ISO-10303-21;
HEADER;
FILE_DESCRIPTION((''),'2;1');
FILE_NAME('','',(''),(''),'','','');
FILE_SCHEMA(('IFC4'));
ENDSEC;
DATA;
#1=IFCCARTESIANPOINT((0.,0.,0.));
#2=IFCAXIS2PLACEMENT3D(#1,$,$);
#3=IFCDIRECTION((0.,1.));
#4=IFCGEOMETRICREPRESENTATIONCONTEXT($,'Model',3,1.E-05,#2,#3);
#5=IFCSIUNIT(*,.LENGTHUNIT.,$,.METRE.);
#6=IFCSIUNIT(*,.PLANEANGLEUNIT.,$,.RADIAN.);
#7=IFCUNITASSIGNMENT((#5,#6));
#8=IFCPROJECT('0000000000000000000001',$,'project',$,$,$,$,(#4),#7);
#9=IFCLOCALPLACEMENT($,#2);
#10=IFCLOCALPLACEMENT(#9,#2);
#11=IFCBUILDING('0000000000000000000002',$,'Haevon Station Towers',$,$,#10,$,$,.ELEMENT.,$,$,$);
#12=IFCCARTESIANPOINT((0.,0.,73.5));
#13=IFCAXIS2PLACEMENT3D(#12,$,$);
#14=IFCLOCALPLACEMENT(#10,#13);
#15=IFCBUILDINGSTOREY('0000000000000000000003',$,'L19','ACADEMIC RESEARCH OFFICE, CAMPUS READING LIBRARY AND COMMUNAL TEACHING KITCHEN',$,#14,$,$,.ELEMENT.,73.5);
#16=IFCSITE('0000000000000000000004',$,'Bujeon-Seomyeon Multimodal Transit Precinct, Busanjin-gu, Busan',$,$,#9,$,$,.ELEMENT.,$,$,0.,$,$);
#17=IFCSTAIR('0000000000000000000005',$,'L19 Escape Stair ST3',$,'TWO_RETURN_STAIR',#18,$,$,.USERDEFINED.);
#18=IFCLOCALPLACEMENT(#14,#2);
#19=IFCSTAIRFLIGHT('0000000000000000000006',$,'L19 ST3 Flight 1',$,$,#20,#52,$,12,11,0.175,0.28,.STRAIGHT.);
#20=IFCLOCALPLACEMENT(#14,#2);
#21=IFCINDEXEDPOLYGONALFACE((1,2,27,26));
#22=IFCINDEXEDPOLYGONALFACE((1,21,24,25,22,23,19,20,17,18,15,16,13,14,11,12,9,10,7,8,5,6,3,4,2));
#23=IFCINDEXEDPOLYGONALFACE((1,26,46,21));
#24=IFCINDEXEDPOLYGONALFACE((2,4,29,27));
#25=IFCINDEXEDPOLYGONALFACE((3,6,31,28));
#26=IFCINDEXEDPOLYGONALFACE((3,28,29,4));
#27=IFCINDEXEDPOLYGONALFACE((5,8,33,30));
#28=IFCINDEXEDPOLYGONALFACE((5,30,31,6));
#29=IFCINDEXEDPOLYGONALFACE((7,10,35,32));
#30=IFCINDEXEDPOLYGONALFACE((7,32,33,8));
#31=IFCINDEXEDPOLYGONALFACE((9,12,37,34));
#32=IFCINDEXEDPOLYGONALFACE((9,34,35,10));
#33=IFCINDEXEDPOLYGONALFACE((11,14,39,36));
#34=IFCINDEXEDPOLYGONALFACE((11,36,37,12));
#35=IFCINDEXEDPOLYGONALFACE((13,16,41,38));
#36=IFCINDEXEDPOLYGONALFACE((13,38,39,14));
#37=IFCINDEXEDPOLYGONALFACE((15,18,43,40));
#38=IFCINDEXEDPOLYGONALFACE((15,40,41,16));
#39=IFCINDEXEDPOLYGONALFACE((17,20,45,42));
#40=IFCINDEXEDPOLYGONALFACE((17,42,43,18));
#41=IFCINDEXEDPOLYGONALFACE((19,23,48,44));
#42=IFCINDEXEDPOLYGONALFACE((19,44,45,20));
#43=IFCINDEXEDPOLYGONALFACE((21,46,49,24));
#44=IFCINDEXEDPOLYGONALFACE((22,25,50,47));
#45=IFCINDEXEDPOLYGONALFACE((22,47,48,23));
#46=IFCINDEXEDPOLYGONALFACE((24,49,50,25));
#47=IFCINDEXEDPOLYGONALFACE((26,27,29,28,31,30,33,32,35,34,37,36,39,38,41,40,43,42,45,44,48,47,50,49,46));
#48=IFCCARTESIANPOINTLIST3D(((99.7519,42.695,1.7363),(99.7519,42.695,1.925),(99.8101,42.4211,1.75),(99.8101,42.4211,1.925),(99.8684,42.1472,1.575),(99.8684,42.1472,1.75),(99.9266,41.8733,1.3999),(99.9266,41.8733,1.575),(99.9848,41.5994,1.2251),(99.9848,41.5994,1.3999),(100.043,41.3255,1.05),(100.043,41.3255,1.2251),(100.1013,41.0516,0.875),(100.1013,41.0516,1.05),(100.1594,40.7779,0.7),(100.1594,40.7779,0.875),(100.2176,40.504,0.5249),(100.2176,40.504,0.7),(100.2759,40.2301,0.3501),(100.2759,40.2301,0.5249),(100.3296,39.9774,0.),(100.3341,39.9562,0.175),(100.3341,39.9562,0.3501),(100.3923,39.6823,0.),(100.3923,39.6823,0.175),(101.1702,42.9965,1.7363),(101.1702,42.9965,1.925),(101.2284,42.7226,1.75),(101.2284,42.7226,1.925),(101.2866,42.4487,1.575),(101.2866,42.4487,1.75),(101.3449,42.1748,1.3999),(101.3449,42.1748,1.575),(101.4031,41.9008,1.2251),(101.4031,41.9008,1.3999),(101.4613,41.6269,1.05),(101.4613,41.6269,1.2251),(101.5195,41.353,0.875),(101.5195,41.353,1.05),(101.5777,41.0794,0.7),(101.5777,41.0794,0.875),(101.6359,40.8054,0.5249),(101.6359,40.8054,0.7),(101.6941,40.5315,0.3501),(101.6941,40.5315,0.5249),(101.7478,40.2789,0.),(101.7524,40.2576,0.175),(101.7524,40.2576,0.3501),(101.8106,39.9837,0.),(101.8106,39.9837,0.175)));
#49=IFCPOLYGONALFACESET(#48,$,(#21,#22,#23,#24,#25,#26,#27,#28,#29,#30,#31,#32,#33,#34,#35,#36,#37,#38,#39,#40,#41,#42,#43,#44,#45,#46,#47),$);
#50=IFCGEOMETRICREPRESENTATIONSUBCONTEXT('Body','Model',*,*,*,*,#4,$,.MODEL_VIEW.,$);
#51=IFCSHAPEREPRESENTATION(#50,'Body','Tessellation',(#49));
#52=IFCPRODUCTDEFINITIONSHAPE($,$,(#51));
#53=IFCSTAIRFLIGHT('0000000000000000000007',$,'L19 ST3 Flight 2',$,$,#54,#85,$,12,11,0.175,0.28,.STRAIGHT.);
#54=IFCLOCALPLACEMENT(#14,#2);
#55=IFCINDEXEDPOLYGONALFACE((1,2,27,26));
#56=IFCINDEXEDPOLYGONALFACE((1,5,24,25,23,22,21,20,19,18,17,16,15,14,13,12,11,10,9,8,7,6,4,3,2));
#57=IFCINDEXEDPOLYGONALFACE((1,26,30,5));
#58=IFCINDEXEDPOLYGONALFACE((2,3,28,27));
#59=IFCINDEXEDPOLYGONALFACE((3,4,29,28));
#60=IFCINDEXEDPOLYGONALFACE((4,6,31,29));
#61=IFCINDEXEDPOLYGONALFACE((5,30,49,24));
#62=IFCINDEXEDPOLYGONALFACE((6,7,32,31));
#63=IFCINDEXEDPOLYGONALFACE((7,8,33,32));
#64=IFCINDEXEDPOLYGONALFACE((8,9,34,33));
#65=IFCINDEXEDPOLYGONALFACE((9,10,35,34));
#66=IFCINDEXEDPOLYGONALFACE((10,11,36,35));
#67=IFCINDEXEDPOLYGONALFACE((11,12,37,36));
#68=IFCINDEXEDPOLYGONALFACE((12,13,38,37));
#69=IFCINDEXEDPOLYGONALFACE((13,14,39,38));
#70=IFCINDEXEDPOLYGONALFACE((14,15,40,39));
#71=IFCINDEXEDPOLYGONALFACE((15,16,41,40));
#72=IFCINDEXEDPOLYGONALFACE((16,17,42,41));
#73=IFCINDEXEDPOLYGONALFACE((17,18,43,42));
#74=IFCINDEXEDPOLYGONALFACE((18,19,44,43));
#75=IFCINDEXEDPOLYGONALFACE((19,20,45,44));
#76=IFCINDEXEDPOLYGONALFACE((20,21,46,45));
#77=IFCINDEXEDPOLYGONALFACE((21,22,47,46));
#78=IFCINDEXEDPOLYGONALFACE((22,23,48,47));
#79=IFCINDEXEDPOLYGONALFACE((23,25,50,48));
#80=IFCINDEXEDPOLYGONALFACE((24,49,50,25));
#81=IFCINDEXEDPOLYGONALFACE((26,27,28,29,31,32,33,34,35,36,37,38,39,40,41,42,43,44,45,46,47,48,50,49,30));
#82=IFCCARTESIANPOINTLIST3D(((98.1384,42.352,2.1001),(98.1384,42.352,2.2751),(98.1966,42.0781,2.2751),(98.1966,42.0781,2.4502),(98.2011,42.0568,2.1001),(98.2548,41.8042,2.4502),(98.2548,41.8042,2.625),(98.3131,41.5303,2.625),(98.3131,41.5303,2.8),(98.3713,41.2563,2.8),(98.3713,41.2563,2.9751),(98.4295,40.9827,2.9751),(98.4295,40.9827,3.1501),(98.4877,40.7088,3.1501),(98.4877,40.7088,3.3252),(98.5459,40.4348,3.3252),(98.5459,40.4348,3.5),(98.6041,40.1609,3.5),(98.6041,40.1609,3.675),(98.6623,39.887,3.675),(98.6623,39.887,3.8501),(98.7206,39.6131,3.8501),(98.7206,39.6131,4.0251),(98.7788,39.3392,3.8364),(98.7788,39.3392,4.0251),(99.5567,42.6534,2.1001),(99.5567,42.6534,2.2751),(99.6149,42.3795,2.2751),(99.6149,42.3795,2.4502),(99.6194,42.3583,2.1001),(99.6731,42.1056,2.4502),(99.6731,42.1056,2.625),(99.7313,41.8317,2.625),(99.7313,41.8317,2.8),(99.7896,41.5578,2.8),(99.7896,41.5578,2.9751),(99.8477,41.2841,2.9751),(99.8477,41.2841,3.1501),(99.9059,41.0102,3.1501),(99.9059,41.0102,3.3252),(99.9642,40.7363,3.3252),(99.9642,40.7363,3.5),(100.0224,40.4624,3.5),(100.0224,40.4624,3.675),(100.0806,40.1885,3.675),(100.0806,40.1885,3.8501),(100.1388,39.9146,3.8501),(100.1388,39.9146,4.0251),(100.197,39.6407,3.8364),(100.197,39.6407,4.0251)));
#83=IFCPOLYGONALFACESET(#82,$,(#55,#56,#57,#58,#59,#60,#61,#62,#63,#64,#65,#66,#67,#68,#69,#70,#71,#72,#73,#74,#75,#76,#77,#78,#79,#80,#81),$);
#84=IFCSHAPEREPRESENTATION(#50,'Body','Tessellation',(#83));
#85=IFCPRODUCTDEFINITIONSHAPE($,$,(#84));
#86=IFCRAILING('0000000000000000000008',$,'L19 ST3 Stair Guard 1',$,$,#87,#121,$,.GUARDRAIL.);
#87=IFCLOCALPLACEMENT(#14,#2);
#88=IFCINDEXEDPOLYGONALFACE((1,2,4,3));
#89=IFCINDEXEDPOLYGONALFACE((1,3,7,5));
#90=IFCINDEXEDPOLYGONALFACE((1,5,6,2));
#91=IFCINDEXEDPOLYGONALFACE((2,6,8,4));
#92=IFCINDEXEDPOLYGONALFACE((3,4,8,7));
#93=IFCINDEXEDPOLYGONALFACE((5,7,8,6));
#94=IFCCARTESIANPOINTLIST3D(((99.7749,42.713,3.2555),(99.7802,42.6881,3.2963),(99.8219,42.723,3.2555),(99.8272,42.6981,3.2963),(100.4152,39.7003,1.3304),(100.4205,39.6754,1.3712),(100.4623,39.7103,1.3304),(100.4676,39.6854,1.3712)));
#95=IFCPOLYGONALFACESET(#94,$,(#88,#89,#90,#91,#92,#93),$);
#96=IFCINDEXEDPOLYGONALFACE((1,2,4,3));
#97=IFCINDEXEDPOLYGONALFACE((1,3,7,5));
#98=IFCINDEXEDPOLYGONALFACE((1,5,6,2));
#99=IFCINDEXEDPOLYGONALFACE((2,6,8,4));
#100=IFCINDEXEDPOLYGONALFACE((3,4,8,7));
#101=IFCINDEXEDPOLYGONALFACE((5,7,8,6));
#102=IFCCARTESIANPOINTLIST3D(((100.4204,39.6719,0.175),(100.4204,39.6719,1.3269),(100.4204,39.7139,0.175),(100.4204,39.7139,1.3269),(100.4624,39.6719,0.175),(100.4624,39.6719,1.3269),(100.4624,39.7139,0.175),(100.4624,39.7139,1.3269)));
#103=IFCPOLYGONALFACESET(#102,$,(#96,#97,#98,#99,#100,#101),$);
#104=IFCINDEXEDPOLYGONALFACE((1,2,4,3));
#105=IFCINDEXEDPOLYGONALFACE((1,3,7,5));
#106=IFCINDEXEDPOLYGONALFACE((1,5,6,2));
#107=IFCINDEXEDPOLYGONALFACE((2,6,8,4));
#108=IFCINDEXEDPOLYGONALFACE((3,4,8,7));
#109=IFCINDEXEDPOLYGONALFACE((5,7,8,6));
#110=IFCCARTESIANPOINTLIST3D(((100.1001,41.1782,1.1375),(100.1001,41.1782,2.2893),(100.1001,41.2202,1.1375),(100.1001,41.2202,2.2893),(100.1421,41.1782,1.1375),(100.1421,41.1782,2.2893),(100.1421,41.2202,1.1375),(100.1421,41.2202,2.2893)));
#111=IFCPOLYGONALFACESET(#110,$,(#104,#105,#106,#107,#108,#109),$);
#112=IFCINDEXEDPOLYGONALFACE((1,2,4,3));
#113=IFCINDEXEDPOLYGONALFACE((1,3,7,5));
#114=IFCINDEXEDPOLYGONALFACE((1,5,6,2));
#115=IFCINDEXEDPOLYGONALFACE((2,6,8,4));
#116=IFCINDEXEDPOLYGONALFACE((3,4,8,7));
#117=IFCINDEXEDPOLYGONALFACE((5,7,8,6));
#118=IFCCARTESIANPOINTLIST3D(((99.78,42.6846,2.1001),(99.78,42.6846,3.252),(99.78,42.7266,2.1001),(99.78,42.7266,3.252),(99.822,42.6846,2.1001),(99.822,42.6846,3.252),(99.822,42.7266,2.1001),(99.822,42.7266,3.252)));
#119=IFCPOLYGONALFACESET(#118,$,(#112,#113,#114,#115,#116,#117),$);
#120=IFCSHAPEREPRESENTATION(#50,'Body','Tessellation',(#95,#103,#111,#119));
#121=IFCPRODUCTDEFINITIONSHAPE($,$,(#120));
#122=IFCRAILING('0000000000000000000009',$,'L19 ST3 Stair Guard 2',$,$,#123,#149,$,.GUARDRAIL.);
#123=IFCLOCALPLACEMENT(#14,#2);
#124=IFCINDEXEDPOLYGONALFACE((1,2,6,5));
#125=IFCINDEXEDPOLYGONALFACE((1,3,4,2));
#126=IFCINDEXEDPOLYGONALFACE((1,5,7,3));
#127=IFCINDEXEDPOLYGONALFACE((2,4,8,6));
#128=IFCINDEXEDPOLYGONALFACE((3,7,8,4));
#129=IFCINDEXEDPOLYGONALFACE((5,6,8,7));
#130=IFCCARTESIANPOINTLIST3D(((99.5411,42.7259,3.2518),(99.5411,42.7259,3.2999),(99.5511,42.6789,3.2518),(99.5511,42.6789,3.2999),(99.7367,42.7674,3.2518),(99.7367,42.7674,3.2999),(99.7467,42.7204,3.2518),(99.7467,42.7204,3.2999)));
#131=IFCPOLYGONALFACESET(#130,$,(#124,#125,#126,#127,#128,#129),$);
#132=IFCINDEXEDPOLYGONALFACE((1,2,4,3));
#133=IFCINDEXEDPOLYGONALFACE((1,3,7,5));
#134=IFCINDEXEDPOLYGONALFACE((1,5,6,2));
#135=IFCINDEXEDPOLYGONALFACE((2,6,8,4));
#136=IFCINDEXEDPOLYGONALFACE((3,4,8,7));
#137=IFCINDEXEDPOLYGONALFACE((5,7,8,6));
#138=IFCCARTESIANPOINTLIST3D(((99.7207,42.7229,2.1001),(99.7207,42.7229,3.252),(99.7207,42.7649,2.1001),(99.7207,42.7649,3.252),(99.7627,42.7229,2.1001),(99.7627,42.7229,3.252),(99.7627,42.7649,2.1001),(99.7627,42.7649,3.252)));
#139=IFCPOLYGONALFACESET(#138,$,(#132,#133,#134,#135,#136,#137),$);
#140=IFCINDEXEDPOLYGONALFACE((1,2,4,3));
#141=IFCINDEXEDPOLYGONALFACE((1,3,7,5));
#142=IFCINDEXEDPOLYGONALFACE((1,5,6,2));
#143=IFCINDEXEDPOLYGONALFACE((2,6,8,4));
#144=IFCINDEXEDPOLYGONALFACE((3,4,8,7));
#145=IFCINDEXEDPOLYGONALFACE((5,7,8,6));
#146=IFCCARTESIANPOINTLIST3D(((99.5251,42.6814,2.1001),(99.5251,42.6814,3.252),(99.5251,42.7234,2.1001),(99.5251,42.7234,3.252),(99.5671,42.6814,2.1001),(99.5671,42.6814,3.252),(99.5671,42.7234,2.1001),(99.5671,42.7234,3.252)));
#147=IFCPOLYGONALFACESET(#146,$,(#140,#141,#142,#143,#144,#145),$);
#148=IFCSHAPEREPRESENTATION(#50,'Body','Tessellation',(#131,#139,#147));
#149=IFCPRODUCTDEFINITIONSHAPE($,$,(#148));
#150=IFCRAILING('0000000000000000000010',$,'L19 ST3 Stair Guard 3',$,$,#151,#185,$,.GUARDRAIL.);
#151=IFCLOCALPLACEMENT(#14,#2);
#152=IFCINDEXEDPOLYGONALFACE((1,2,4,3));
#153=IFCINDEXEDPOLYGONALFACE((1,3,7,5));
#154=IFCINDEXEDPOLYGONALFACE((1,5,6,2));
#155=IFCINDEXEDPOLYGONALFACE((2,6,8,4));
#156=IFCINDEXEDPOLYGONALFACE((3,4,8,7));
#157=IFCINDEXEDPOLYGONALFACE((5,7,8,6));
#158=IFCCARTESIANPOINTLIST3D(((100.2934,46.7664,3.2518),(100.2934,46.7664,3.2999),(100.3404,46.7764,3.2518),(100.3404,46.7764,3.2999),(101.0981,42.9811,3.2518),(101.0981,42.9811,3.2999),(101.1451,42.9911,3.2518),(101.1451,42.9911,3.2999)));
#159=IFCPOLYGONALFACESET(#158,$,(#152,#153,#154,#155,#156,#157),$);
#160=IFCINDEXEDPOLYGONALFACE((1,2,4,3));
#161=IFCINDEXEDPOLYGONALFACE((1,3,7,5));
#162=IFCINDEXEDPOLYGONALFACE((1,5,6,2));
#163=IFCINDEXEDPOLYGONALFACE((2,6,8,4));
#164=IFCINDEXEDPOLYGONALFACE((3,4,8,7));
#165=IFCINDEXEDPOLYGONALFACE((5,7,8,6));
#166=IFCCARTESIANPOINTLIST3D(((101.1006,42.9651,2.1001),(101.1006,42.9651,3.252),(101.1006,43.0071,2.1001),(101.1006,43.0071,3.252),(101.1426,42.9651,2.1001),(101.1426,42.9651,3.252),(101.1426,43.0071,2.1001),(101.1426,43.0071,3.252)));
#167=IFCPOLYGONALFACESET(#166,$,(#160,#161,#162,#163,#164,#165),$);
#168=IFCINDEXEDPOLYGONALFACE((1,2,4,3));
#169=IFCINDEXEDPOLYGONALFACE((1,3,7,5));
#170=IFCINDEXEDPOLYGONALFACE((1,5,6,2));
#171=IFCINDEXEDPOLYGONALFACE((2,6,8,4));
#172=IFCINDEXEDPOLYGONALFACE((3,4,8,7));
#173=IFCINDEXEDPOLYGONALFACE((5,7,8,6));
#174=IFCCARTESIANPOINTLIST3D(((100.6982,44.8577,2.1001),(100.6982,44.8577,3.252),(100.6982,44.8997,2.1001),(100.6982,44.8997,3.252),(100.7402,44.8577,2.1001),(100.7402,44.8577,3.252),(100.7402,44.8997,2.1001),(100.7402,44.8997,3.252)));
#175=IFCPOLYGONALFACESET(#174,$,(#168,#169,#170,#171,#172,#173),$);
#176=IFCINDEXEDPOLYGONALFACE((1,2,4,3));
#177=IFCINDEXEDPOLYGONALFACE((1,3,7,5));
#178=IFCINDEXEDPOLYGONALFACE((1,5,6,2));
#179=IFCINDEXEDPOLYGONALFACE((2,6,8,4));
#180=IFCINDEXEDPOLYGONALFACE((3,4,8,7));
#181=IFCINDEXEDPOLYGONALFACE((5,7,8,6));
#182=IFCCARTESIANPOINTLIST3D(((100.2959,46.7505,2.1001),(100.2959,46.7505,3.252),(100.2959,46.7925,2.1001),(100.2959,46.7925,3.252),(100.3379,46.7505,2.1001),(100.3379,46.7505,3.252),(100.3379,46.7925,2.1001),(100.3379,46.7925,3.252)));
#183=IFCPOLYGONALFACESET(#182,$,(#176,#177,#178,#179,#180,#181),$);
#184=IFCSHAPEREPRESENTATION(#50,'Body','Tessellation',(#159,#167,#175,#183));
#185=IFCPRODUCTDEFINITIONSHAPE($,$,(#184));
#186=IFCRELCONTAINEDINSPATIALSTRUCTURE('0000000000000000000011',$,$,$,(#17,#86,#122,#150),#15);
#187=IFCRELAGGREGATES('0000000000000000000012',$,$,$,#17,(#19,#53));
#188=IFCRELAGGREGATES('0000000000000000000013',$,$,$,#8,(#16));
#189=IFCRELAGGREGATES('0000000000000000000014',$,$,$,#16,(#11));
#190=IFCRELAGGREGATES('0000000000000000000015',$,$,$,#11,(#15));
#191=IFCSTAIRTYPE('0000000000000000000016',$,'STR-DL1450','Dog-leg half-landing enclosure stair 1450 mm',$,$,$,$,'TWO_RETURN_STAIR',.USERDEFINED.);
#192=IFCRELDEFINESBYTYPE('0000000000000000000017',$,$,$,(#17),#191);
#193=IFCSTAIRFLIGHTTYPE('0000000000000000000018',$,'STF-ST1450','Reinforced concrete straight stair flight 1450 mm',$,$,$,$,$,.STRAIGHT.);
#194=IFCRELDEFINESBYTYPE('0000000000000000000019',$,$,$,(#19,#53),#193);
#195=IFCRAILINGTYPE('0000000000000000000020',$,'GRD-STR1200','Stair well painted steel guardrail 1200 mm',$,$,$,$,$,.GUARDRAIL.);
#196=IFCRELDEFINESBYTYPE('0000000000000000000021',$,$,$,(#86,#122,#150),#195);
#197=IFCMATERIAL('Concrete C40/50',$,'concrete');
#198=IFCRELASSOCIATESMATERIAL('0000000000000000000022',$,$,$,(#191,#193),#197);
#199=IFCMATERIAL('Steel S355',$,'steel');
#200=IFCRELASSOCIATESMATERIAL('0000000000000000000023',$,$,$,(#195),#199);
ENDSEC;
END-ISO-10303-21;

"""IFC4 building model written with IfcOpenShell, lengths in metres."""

from ifc_helpers import new_model, si_unit, direction, frame, origin, origin_2d, place, context, subcontext, project, spatial, polyline, rectangle, outline, extrude, material, type_object, element, aggregate, save


model = new_model("IFC4")

# Units and contexts
model_context = context("Model", 3, precision=1e-05, world=origin(), true_north=direction((0.0, 1.0)))
body_context = subcontext(model_context, "Body", "Model", "MODEL_VIEW")
ifc_project = project(units=[si_unit("LENGTHUNIT", "METRE"), si_unit("PLANEANGLEUNIT", "RADIAN")], contexts=[model_context])

# Site, building, storey
site_placement = place(None, origin())
site = spatial("IfcSite", under=ifc_project, at=site_placement, Name="Bujeon-Seomyeon Multimodal Transit Precinct, Busanjin-gu, Busan", CompositionType="ELEMENT", RefElevation=0.0)
building_placement = place(site_placement, origin())
building = spatial("IfcBuilding", under=site, at=building_placement, Name="Haevon Station Towers", CompositionType="ELEMENT")
storey_placement = place(building_placement, frame((0.0, 0.0, 73.5)))
storey = spatial("IfcBuildingStorey", under=building, at=storey_placement, Name="L19", Description="ACADEMIC RESEARCH OFFICE, CAMPUS READING LIBRARY AND COMMUNAL TEACHING KITCHEN", CompositionType="ELEMENT", Elevation=73.5)

# Shared definitions
ifc_material_1 = material(Name="Steel S355", Category="steel")

# Shared definitions
ifc_material_2 = material(Name="Concrete C40/50", Category="concrete")

# Stair, stair flights
stair_type = type_object("IfcStairType", Name="STR-DL1450", Description="Dog-leg half-landing enclosure stair 1450 mm", ElementType="TWO_RETURN_STAIR", PredefinedType="USERDEFINED", material=ifc_material_2)
stair_placement = place(storey_placement, origin())
stair = element("IfcStair", 1, at=stair_placement, inside=storey, type_object=stair_type, Name="L19 Escape Stair ST3", ObjectType="TWO_RETURN_STAIR", PredefinedType="USERDEFINED")
stair_flight_type = type_object("IfcStairFlightType", Name="STF-ST1450", Description="Reinforced concrete straight stair flight 1450 mm", PredefinedType="STRAIGHT", material=ifc_material_2)
stair_flight_1_placement = place(storey_placement, frame((101.1016, 39.833, 0.0), z_axis=(0.0, 0.0, 1.0), x_axis=(-0.207912, 0.978148, 0.0)))
stair_flight_1 = element("IfcStairFlight", 2, at=stair_flight_1_placement, type_object=stair_flight_type, Name="L19 ST3 Flight 1", NumberOfRisers=12, NumberOfTreads=11, PredefinedType="STRAIGHT", RiserHeight=0.175, TreadLength=0.28, context=body_context, shape_type="SweptSolid", body=[
    extrude(outline(polyline([(0.0, 0.0), (0.0, 0.175), (0.28, 0.175), (0.28, 0.3501), (0.5601, 0.3501), (0.5601, 0.5249), (0.8401, 0.5249), (0.8401, 0.7), (1.1201, 0.7), (1.1201, 0.875), (1.3999, 0.875), (1.3999, 1.05), (1.6799, 1.05), (1.6799, 1.2251), (1.96, 1.2251), (1.96, 1.3999), (2.24, 1.3999), (2.24, 1.575), (2.52, 1.575), (2.52, 1.75), (2.8, 1.75), (2.8, 1.925), (3.0801, 1.925), (3.0801, 2.1001), (3.0801, 1.7363), (0.3018, 0.0), (0.0, 0.0)])), frame((0.0, 0.7251, 0.0), z_axis=(0.0, -1.0, 0.0), x_axis=(1.0, 0.0, 0.0)), (0.0, 0.0, 1.0), 1.45),
])
stair_flight_2_placement = place(storey_placement, frame((98.8474, 42.5027, 2.1001), z_axis=(0.0, 0.0, 1.0), x_axis=(0.207912, -0.978148, 0.0)))
stair_flight_2 = element("IfcStairFlight", 3, at=stair_flight_2_placement, type_object=stair_flight_type, Name="L19 ST3 Flight 2", NumberOfRisers=12, NumberOfTreads=11, PredefinedType="STRAIGHT", RiserHeight=0.175, TreadLength=0.28, context=body_context, shape_type="SweptSolid", body=[
    extrude(outline(polyline([(0.0, 0.0), (0.0, 0.175), (0.28, 0.175), (0.28, 0.3501), (0.5601, 0.3501), (0.5601, 0.5249), (0.8401, 0.5249), (0.8401, 0.7), (1.1201, 0.7), (1.1201, 0.875), (1.3999, 0.875), (1.3999, 1.05), (1.6799, 1.05), (1.6799, 1.2251), (1.96, 1.2251), (1.96, 1.3999), (2.24, 1.3999), (2.24, 1.575), (2.52, 1.575), (2.52, 1.75), (2.8, 1.75), (2.8, 1.925), (3.0801, 1.925), (3.0801, 2.1001), (3.0801, 1.7363), (0.3018, 0.0), (0.0, 0.0)])), frame((0.0, 0.7251, 0.0), z_axis=(0.0, -1.0, 0.0), x_axis=(1.0, 0.0, 0.0)), (0.0, 0.0, 1.0), 1.45),
])
aggregate(stair, [stair_flight_1, stair_flight_2])

# Railings
railing_type_1 = type_object("IfcRailingType", Name="GRD-STR1200", Description="Stair well painted steel guardrail 1200 mm", PredefinedType="GUARDRAIL", material=ifc_material_1)
railing_1_placement = place(storey_placement, frame((100.4414, 39.6929, 0.175)))
element("IfcRailing", 4, at=railing_1_placement, inside=storey, type_object=railing_type_1, Name="L19 ST3 Stair Guard 1", PredefinedType="GUARDRAIL", context=body_context, shape_type="SweptSolid", body=[
    extrude(rectangle(XDim=0.0481, YDim=0.0481, at=origin_2d()), frame((0.0, 0.0, 1.1758), z_axis=(-0.176311, 0.829461, 0.530008), x_axis=(-0.978147, -0.207916, 0.0)), (0.0, 0.0, 1.0), 3.6321),
    extrude(rectangle(XDim=0.042, YDim=0.042, at=origin_2d()), origin(), (0.0, 0.0, 1.0), 1.1519),
    extrude(rectangle(XDim=0.042, YDim=0.042, at=origin_2d()), frame((-0.3203, 1.5063, 0.9624)), (0.0, 0.0, 1.0), 1.1519),
    extrude(rectangle(XDim=0.042, YDim=0.042, at=origin_2d()), frame((-0.6404, 3.0127, 1.925)), (0.0, 0.0, 1.0), 1.1519),
])
railing_2_placement = place(storey_placement, frame((99.7417, 42.7439, 2.1001)))
element("IfcRailing", 5, at=railing_2_placement, inside=storey, type_object=railing_type_1, Name="L19 ST3 Stair Guard 2", PredefinedType="GUARDRAIL", context=body_context, shape_type="SweptSolid", body=[
    extrude(rectangle(XDim=0.0481, YDim=0.0481, at=origin_2d()), frame((0.0, 0.0, 1.1758), z_axis=(-0.978212, -0.20761, 0.0), x_axis=(0.20761, -0.978212, 0.0)), (0.0, 0.0, 1.0), 0.2),
    extrude(rectangle(XDim=0.042, YDim=0.042, at=origin_2d()), origin(), (0.0, 0.0, 1.0), 1.1519),
    extrude(rectangle(XDim=0.042, YDim=0.042, at=origin_2d()), frame((-0.1956, -0.0415, 0.0)), (0.0, 0.0, 1.0), 1.1519),
])
railing_3_placement = place(storey_placement, frame((101.1216, 42.9861, 2.1001)))
element("IfcRailing", 6, at=railing_3_placement, inside=storey, type_object=railing_type_1, Name="L19 ST3 Stair Guard 3", PredefinedType="GUARDRAIL", context=body_context, shape_type="SweptSolid", body=[
    extrude(rectangle(XDim=0.0481, YDim=0.0481, at=origin_2d()), frame((0.0, 0.0, 1.1758), z_axis=(-0.20793, 0.978144, 0.0), x_axis=(-0.978144, -0.20793, 0.0)), (0.0, 0.0, 1.0), 3.8699),
    extrude(rectangle(XDim=0.042, YDim=0.042, at=origin_2d()), origin(), (0.0, 0.0, 1.0), 1.1519),
    extrude(rectangle(XDim=0.042, YDim=0.042, at=origin_2d()), frame((-0.4023, 1.8926, 0.0)), (0.0, 0.0, 1.0), 1.1519),
    extrude(rectangle(XDim=0.042, YDim=0.042, at=origin_2d()), frame((-0.8047, 3.7854, 0.0)), (0.0, 0.0, 1.0), 1.1519),
])

save(model, "model.ifc")
